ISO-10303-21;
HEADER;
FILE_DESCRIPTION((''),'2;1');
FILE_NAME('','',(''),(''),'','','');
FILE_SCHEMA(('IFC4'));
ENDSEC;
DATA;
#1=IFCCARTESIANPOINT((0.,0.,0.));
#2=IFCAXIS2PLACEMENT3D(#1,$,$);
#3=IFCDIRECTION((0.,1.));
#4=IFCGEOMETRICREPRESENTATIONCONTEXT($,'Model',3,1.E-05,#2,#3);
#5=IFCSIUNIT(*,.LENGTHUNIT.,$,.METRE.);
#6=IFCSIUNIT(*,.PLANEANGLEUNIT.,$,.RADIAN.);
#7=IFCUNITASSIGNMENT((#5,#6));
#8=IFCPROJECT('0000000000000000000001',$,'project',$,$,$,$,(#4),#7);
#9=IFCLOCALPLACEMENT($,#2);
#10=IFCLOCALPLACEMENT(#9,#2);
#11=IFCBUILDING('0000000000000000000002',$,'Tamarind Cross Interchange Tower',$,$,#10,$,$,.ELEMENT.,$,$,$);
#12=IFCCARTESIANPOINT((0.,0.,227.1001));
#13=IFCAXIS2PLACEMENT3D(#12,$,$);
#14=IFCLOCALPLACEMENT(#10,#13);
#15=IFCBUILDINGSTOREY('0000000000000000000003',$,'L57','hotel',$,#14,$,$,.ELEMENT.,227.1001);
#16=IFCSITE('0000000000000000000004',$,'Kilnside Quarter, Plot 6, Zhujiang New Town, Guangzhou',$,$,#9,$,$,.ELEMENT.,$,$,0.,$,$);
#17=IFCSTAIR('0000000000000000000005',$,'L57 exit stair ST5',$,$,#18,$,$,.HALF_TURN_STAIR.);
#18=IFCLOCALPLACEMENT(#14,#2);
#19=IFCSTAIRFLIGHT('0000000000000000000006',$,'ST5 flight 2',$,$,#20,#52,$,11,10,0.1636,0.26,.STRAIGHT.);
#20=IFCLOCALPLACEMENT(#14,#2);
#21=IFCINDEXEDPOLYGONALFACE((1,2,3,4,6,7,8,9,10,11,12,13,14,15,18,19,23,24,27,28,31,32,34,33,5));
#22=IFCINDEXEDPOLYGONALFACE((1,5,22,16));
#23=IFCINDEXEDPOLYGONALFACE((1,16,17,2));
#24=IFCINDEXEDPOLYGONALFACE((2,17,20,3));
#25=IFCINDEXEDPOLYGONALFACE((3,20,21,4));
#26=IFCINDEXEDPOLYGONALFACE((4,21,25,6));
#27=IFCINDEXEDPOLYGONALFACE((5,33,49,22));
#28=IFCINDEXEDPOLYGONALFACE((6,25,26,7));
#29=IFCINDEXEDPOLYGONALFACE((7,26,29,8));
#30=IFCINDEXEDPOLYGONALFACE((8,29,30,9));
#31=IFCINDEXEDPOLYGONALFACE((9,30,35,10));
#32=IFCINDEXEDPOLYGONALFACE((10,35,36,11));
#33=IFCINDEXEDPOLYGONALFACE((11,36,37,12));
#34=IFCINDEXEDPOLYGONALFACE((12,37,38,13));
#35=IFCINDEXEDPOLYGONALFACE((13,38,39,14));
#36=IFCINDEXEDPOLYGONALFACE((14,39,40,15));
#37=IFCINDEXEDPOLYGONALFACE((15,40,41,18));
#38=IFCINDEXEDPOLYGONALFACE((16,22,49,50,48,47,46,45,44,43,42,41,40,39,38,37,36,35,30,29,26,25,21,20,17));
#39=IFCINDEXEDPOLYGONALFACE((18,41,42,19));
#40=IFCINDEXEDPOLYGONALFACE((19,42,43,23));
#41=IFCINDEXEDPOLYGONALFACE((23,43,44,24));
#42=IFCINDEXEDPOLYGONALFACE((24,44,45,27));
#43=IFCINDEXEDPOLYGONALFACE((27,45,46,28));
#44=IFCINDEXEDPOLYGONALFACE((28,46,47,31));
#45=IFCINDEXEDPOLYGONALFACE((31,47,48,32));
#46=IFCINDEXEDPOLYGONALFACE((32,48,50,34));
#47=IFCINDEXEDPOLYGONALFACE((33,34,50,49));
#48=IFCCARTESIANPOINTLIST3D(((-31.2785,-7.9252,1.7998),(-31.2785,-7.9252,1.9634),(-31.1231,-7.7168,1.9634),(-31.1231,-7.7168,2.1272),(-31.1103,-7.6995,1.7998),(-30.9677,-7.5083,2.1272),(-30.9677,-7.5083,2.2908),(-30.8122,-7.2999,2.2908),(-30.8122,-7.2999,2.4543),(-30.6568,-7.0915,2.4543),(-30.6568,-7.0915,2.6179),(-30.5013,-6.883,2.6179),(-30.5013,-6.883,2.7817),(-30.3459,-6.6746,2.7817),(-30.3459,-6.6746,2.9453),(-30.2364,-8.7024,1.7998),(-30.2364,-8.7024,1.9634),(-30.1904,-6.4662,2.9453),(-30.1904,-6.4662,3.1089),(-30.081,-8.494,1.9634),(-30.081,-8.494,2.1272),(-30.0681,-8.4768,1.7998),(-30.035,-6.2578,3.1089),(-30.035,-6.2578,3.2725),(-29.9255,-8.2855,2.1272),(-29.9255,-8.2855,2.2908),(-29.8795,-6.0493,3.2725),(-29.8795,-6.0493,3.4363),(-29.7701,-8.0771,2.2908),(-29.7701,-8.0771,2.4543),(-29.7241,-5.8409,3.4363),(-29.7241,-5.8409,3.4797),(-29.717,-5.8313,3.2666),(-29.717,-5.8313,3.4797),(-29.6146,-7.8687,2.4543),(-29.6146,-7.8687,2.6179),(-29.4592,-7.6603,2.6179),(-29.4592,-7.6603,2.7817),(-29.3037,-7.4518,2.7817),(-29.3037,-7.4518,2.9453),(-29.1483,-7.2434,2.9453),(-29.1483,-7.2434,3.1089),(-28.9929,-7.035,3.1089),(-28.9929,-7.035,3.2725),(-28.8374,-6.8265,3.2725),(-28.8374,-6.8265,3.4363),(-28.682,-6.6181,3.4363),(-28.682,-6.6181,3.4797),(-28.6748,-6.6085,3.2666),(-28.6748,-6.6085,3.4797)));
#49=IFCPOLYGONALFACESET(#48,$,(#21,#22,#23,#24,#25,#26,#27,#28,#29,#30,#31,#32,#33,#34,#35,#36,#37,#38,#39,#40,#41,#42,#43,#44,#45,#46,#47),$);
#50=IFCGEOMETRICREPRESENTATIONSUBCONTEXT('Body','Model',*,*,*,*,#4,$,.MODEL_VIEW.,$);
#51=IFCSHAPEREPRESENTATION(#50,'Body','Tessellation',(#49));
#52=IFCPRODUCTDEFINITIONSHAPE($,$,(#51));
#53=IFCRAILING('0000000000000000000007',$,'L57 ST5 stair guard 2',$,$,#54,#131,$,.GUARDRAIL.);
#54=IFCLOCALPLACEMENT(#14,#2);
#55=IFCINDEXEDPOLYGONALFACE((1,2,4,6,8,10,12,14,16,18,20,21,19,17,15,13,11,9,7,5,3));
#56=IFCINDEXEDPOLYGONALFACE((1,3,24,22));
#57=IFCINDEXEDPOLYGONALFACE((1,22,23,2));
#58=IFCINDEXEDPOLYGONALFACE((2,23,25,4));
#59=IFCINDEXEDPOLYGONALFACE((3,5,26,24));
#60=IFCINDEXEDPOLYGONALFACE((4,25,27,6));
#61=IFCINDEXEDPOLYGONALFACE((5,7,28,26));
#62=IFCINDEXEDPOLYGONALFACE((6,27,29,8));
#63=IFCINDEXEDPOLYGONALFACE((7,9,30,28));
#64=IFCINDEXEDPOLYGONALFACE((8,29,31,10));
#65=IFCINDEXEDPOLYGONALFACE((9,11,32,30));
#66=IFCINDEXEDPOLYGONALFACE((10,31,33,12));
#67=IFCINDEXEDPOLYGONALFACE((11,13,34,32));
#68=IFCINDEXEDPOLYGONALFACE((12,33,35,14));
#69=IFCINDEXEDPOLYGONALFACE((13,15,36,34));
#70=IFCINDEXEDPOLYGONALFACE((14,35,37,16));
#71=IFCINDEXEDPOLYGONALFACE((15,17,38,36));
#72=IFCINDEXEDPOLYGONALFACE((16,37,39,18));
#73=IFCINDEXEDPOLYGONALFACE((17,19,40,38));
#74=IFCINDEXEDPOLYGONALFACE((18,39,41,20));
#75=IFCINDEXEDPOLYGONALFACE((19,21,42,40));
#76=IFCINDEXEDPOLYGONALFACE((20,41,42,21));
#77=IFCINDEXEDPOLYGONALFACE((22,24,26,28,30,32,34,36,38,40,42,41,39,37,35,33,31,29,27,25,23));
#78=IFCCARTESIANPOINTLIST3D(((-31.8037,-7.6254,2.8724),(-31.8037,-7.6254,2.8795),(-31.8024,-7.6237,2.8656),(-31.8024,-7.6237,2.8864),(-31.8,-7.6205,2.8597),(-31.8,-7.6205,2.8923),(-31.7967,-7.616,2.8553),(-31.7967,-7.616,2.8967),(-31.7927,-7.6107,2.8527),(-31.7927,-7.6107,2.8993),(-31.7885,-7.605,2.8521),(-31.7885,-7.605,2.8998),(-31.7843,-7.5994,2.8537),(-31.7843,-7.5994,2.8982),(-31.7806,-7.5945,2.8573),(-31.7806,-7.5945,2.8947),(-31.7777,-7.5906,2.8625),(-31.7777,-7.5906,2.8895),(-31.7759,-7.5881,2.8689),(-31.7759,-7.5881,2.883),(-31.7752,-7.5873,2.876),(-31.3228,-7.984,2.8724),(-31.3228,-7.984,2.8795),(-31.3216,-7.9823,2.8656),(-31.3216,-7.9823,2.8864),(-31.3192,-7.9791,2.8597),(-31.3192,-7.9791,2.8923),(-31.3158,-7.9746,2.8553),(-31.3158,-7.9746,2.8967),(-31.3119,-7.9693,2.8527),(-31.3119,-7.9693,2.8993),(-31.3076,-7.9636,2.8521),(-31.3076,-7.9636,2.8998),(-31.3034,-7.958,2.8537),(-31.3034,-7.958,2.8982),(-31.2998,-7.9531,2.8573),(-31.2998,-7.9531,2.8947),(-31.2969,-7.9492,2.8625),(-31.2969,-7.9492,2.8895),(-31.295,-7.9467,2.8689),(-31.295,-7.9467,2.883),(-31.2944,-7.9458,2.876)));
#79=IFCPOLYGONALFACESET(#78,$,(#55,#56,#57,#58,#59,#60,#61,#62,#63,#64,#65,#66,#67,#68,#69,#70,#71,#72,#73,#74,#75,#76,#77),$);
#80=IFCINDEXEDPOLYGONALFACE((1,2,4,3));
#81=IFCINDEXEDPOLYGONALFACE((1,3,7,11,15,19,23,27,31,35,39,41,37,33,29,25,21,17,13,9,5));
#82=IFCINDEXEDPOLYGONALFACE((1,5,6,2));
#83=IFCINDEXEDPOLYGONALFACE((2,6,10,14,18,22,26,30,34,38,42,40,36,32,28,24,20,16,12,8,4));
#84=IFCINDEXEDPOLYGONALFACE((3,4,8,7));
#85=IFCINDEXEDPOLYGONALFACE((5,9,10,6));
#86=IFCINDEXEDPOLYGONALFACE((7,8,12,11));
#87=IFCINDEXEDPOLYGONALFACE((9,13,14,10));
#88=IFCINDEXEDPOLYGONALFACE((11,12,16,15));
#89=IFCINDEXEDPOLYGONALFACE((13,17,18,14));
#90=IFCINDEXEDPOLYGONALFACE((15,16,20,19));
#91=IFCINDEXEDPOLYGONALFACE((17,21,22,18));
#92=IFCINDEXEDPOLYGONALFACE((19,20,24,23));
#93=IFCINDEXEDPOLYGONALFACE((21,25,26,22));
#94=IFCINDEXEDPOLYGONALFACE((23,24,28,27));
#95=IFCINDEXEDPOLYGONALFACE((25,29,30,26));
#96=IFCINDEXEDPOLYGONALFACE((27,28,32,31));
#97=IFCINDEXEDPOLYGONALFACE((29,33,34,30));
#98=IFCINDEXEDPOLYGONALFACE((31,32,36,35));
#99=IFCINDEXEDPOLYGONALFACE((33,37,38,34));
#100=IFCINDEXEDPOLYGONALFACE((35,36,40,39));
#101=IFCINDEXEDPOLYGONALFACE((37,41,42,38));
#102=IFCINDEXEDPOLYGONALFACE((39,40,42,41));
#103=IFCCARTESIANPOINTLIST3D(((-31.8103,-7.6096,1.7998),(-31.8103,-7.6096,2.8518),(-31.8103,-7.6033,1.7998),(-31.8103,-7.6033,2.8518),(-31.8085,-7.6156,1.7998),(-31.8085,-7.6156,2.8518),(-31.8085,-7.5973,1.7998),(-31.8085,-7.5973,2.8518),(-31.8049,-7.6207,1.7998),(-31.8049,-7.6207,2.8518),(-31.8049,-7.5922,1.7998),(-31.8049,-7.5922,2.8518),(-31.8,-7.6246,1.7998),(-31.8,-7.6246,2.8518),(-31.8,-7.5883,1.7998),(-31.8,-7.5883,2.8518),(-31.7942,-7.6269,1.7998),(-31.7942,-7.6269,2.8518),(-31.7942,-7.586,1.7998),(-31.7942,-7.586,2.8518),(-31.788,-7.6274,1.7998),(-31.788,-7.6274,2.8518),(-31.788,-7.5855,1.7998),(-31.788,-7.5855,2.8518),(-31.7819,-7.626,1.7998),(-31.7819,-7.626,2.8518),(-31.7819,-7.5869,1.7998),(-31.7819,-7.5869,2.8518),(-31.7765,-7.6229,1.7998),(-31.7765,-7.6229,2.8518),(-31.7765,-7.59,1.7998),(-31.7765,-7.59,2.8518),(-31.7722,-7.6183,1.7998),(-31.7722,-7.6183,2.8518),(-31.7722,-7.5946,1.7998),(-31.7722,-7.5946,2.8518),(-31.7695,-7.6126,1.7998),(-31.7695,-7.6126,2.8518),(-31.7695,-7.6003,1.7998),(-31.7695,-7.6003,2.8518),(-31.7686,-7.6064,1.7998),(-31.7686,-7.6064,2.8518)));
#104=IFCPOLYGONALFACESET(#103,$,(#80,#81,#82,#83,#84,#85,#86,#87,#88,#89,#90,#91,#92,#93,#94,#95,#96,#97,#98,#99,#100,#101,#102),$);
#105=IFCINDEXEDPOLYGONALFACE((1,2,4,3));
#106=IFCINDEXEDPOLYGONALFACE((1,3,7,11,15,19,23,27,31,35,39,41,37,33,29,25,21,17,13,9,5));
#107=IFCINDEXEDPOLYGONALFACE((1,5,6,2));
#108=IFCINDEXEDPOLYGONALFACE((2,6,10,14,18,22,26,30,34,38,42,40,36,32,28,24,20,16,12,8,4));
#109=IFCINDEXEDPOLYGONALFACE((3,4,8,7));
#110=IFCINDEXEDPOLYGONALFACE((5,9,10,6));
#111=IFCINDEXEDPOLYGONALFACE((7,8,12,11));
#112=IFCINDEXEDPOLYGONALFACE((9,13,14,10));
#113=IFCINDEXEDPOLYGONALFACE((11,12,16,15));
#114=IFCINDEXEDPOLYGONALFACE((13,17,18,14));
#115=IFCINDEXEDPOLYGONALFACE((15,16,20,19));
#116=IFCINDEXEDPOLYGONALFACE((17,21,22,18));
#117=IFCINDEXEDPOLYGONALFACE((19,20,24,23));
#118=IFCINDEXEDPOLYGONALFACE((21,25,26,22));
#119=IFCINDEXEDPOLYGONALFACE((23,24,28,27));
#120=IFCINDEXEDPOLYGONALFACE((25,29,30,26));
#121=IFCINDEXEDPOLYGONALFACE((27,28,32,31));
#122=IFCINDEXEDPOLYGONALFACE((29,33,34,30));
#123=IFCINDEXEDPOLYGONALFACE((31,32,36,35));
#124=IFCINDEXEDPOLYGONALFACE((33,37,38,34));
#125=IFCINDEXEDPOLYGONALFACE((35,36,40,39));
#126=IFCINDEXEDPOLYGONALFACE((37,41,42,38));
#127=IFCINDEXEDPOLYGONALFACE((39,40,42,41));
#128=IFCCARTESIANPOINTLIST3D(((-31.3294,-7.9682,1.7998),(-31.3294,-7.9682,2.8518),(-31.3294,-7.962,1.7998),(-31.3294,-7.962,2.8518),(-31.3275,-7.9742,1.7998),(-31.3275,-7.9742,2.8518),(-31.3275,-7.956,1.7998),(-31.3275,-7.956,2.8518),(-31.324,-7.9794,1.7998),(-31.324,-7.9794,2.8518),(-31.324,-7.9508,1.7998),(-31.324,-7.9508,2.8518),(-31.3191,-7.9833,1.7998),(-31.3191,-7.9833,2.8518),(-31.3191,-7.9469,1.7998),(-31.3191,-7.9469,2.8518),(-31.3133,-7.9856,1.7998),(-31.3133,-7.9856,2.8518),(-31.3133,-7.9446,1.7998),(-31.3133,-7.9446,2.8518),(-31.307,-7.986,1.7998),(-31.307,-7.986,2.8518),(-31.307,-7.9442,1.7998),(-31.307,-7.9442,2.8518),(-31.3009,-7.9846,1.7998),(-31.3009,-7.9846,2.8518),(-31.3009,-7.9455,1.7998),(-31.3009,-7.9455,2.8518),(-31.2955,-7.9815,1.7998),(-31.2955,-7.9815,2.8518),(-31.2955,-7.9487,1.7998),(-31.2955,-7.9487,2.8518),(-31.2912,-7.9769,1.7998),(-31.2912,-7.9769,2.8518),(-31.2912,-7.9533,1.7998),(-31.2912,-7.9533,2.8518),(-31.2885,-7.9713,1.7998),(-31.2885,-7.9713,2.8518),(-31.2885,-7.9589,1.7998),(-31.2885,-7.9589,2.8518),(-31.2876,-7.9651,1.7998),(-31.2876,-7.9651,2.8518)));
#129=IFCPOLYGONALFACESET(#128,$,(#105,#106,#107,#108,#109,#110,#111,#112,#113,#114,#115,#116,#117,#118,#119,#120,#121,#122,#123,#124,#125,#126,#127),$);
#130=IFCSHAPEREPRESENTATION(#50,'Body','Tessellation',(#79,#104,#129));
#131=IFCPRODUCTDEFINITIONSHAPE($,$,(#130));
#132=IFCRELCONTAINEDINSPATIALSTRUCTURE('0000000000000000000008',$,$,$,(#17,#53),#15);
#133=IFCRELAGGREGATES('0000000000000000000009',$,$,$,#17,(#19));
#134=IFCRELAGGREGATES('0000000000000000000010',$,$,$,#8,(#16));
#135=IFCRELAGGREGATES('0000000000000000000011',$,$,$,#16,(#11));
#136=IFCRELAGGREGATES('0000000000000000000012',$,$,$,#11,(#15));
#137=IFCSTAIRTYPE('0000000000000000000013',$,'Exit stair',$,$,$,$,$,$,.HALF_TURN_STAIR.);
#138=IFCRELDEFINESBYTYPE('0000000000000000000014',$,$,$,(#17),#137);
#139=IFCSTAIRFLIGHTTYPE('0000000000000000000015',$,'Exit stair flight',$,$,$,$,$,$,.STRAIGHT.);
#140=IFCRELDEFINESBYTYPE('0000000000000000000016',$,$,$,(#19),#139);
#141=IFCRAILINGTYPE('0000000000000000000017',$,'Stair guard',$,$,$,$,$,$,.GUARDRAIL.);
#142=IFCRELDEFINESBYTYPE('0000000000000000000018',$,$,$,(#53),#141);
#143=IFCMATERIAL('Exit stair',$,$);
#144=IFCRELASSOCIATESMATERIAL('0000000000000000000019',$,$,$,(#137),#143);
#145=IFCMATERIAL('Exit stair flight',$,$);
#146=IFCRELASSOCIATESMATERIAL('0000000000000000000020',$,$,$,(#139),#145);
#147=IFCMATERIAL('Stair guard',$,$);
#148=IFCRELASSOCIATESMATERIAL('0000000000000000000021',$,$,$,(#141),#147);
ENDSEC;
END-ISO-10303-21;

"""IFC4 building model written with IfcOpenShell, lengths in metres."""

from ifc_helpers import new_model, si_unit, direction, frame, origin, origin_2d, place, context, subcontext, project, spatial, polyline, circle, outline, extrude, material, type_object, element, aggregate, save


model = new_model("IFC4")

# Units and contexts
model_context = context("Model", 3, precision=1e-05, world=origin(), true_north=direction((0.0, 1.0)))
body_context = subcontext(model_context, "Body", "Model", "MODEL_VIEW")
ifc_project = project(units=[si_unit("LENGTHUNIT", "METRE"), si_unit("PLANEANGLEUNIT", "RADIAN")], contexts=[model_context])

# Site, building, storey
site_placement = place(None, origin())
site = spatial("IfcSite", under=ifc_project, at=site_placement, Name="Kilnside Quarter, Plot 6, Zhujiang New Town, Guangzhou", CompositionType="ELEMENT", RefElevation=0.0)
building_placement = place(site_placement, origin())
building = spatial("IfcBuilding", under=site, at=building_placement, Name="Tamarind Cross Interchange Tower", CompositionType="ELEMENT")
storey_placement = place(building_placement, frame((0.0, 0.0, 227.1001)))
storey = spatial("IfcBuildingStorey", under=building, at=storey_placement, Name="L57", Description="hotel", CompositionType="ELEMENT", Elevation=227.1001)

# Stair, stair flight
ifc_material_1 = material(Name="Exit stair")
stair_type = type_object("IfcStairType", Name="Exit stair", PredefinedType="HALF_TURN_STAIR", material=ifc_material_1)
stair_placement = place(storey_placement, origin())
stair = element("IfcStair", 1, at=stair_placement, inside=storey, type_object=stair_type, Name="L57 exit stair ST5", PredefinedType="HALF_TURN_STAIR")
ifc_material_2 = material(Name="Exit stair flight")
stair_flight_type = type_object("IfcStairFlightType", Name="Exit stair flight", PredefinedType="STRAIGHT", material=ifc_material_2)
stair_flight_placement = place(storey_placement, frame((-30.7576, -8.3137, 1.7998), z_axis=(0.0, 0.0, 1.0), x_axis=(0.597838, 0.801617, 0.0)))
stair_flight = element("IfcStairFlight", 2, at=stair_flight_placement, type_object=stair_flight_type, Name="ST5 flight 2", NumberOfRisers=11, NumberOfTreads=10, PredefinedType="STRAIGHT", RiserHeight=0.1636, TreadLength=0.26, context=body_context, shape_type="SweptSolid", body=[
    extrude(outline(polyline([(0.0, 0.0), (0.0, 0.1636), (0.26, 0.1636), (0.26, 0.3274), (0.52, 0.3274), (0.52, 0.491), (0.78, 0.491), (0.78, 0.6545), (1.04, 0.6545), (1.04, 0.8181), (1.3, 0.8181), (1.3, 0.9819), (1.5601, 0.9819), (1.5601, 1.1455), (1.8201, 1.1455), (1.8201, 1.3091), (2.0801, 1.3091), (2.0801, 1.4727), (2.3401, 1.4727), (2.3401, 1.6365), (2.6001, 1.6365), (2.6001, 1.6799), (2.6121, 1.6799), (2.6121, 1.4668), (0.2815, 0.0), (0.0, 0.0)])), frame((0.0, 0.6499, 0.0), z_axis=(0.0, -1.0, 0.0), x_axis=(1.0, 0.0, 0.0)), (0.0, 0.0, 1.0), 1.3),
])
aggregate(stair, [stair_flight])

# Railing
ifc_material_3 = material(Name="Stair guard")
railing_type_1 = type_object("IfcRailingType", Name="Stair guard", PredefinedType="GUARDRAIL", material=ifc_material_3)
railing_1_placement = place(storey_placement, frame((-31.7896, -7.6064, 1.7998)))
element("IfcRailing", 3, at=railing_1_placement, inside=storey, type_object=railing_type_1, Name="L57 ST5 stair guard 2", PredefinedType="GUARDRAIL", context=body_context, shape_type="SweptSolid", body=[
    extrude(circle(Radius=0.0239, at=origin_2d()), frame((0.0, 0.0, 1.0762), z_axis=(0.801657, -0.597784, 0.0), x_axis=(0.597784, 0.801657, 0.0)), (0.0, 0.0, 1.0), 0.5999),
    extrude(circle(Radius=0.021, at=origin_2d()), origin(), (0.0, 0.0, 1.0), 1.052),
    extrude(circle(Radius=0.021, at=origin_2d()), frame((0.481, -0.3586, 0.0)), (0.0, 0.0, 1.0), 1.052),
])

save(model, "model.ifc")
